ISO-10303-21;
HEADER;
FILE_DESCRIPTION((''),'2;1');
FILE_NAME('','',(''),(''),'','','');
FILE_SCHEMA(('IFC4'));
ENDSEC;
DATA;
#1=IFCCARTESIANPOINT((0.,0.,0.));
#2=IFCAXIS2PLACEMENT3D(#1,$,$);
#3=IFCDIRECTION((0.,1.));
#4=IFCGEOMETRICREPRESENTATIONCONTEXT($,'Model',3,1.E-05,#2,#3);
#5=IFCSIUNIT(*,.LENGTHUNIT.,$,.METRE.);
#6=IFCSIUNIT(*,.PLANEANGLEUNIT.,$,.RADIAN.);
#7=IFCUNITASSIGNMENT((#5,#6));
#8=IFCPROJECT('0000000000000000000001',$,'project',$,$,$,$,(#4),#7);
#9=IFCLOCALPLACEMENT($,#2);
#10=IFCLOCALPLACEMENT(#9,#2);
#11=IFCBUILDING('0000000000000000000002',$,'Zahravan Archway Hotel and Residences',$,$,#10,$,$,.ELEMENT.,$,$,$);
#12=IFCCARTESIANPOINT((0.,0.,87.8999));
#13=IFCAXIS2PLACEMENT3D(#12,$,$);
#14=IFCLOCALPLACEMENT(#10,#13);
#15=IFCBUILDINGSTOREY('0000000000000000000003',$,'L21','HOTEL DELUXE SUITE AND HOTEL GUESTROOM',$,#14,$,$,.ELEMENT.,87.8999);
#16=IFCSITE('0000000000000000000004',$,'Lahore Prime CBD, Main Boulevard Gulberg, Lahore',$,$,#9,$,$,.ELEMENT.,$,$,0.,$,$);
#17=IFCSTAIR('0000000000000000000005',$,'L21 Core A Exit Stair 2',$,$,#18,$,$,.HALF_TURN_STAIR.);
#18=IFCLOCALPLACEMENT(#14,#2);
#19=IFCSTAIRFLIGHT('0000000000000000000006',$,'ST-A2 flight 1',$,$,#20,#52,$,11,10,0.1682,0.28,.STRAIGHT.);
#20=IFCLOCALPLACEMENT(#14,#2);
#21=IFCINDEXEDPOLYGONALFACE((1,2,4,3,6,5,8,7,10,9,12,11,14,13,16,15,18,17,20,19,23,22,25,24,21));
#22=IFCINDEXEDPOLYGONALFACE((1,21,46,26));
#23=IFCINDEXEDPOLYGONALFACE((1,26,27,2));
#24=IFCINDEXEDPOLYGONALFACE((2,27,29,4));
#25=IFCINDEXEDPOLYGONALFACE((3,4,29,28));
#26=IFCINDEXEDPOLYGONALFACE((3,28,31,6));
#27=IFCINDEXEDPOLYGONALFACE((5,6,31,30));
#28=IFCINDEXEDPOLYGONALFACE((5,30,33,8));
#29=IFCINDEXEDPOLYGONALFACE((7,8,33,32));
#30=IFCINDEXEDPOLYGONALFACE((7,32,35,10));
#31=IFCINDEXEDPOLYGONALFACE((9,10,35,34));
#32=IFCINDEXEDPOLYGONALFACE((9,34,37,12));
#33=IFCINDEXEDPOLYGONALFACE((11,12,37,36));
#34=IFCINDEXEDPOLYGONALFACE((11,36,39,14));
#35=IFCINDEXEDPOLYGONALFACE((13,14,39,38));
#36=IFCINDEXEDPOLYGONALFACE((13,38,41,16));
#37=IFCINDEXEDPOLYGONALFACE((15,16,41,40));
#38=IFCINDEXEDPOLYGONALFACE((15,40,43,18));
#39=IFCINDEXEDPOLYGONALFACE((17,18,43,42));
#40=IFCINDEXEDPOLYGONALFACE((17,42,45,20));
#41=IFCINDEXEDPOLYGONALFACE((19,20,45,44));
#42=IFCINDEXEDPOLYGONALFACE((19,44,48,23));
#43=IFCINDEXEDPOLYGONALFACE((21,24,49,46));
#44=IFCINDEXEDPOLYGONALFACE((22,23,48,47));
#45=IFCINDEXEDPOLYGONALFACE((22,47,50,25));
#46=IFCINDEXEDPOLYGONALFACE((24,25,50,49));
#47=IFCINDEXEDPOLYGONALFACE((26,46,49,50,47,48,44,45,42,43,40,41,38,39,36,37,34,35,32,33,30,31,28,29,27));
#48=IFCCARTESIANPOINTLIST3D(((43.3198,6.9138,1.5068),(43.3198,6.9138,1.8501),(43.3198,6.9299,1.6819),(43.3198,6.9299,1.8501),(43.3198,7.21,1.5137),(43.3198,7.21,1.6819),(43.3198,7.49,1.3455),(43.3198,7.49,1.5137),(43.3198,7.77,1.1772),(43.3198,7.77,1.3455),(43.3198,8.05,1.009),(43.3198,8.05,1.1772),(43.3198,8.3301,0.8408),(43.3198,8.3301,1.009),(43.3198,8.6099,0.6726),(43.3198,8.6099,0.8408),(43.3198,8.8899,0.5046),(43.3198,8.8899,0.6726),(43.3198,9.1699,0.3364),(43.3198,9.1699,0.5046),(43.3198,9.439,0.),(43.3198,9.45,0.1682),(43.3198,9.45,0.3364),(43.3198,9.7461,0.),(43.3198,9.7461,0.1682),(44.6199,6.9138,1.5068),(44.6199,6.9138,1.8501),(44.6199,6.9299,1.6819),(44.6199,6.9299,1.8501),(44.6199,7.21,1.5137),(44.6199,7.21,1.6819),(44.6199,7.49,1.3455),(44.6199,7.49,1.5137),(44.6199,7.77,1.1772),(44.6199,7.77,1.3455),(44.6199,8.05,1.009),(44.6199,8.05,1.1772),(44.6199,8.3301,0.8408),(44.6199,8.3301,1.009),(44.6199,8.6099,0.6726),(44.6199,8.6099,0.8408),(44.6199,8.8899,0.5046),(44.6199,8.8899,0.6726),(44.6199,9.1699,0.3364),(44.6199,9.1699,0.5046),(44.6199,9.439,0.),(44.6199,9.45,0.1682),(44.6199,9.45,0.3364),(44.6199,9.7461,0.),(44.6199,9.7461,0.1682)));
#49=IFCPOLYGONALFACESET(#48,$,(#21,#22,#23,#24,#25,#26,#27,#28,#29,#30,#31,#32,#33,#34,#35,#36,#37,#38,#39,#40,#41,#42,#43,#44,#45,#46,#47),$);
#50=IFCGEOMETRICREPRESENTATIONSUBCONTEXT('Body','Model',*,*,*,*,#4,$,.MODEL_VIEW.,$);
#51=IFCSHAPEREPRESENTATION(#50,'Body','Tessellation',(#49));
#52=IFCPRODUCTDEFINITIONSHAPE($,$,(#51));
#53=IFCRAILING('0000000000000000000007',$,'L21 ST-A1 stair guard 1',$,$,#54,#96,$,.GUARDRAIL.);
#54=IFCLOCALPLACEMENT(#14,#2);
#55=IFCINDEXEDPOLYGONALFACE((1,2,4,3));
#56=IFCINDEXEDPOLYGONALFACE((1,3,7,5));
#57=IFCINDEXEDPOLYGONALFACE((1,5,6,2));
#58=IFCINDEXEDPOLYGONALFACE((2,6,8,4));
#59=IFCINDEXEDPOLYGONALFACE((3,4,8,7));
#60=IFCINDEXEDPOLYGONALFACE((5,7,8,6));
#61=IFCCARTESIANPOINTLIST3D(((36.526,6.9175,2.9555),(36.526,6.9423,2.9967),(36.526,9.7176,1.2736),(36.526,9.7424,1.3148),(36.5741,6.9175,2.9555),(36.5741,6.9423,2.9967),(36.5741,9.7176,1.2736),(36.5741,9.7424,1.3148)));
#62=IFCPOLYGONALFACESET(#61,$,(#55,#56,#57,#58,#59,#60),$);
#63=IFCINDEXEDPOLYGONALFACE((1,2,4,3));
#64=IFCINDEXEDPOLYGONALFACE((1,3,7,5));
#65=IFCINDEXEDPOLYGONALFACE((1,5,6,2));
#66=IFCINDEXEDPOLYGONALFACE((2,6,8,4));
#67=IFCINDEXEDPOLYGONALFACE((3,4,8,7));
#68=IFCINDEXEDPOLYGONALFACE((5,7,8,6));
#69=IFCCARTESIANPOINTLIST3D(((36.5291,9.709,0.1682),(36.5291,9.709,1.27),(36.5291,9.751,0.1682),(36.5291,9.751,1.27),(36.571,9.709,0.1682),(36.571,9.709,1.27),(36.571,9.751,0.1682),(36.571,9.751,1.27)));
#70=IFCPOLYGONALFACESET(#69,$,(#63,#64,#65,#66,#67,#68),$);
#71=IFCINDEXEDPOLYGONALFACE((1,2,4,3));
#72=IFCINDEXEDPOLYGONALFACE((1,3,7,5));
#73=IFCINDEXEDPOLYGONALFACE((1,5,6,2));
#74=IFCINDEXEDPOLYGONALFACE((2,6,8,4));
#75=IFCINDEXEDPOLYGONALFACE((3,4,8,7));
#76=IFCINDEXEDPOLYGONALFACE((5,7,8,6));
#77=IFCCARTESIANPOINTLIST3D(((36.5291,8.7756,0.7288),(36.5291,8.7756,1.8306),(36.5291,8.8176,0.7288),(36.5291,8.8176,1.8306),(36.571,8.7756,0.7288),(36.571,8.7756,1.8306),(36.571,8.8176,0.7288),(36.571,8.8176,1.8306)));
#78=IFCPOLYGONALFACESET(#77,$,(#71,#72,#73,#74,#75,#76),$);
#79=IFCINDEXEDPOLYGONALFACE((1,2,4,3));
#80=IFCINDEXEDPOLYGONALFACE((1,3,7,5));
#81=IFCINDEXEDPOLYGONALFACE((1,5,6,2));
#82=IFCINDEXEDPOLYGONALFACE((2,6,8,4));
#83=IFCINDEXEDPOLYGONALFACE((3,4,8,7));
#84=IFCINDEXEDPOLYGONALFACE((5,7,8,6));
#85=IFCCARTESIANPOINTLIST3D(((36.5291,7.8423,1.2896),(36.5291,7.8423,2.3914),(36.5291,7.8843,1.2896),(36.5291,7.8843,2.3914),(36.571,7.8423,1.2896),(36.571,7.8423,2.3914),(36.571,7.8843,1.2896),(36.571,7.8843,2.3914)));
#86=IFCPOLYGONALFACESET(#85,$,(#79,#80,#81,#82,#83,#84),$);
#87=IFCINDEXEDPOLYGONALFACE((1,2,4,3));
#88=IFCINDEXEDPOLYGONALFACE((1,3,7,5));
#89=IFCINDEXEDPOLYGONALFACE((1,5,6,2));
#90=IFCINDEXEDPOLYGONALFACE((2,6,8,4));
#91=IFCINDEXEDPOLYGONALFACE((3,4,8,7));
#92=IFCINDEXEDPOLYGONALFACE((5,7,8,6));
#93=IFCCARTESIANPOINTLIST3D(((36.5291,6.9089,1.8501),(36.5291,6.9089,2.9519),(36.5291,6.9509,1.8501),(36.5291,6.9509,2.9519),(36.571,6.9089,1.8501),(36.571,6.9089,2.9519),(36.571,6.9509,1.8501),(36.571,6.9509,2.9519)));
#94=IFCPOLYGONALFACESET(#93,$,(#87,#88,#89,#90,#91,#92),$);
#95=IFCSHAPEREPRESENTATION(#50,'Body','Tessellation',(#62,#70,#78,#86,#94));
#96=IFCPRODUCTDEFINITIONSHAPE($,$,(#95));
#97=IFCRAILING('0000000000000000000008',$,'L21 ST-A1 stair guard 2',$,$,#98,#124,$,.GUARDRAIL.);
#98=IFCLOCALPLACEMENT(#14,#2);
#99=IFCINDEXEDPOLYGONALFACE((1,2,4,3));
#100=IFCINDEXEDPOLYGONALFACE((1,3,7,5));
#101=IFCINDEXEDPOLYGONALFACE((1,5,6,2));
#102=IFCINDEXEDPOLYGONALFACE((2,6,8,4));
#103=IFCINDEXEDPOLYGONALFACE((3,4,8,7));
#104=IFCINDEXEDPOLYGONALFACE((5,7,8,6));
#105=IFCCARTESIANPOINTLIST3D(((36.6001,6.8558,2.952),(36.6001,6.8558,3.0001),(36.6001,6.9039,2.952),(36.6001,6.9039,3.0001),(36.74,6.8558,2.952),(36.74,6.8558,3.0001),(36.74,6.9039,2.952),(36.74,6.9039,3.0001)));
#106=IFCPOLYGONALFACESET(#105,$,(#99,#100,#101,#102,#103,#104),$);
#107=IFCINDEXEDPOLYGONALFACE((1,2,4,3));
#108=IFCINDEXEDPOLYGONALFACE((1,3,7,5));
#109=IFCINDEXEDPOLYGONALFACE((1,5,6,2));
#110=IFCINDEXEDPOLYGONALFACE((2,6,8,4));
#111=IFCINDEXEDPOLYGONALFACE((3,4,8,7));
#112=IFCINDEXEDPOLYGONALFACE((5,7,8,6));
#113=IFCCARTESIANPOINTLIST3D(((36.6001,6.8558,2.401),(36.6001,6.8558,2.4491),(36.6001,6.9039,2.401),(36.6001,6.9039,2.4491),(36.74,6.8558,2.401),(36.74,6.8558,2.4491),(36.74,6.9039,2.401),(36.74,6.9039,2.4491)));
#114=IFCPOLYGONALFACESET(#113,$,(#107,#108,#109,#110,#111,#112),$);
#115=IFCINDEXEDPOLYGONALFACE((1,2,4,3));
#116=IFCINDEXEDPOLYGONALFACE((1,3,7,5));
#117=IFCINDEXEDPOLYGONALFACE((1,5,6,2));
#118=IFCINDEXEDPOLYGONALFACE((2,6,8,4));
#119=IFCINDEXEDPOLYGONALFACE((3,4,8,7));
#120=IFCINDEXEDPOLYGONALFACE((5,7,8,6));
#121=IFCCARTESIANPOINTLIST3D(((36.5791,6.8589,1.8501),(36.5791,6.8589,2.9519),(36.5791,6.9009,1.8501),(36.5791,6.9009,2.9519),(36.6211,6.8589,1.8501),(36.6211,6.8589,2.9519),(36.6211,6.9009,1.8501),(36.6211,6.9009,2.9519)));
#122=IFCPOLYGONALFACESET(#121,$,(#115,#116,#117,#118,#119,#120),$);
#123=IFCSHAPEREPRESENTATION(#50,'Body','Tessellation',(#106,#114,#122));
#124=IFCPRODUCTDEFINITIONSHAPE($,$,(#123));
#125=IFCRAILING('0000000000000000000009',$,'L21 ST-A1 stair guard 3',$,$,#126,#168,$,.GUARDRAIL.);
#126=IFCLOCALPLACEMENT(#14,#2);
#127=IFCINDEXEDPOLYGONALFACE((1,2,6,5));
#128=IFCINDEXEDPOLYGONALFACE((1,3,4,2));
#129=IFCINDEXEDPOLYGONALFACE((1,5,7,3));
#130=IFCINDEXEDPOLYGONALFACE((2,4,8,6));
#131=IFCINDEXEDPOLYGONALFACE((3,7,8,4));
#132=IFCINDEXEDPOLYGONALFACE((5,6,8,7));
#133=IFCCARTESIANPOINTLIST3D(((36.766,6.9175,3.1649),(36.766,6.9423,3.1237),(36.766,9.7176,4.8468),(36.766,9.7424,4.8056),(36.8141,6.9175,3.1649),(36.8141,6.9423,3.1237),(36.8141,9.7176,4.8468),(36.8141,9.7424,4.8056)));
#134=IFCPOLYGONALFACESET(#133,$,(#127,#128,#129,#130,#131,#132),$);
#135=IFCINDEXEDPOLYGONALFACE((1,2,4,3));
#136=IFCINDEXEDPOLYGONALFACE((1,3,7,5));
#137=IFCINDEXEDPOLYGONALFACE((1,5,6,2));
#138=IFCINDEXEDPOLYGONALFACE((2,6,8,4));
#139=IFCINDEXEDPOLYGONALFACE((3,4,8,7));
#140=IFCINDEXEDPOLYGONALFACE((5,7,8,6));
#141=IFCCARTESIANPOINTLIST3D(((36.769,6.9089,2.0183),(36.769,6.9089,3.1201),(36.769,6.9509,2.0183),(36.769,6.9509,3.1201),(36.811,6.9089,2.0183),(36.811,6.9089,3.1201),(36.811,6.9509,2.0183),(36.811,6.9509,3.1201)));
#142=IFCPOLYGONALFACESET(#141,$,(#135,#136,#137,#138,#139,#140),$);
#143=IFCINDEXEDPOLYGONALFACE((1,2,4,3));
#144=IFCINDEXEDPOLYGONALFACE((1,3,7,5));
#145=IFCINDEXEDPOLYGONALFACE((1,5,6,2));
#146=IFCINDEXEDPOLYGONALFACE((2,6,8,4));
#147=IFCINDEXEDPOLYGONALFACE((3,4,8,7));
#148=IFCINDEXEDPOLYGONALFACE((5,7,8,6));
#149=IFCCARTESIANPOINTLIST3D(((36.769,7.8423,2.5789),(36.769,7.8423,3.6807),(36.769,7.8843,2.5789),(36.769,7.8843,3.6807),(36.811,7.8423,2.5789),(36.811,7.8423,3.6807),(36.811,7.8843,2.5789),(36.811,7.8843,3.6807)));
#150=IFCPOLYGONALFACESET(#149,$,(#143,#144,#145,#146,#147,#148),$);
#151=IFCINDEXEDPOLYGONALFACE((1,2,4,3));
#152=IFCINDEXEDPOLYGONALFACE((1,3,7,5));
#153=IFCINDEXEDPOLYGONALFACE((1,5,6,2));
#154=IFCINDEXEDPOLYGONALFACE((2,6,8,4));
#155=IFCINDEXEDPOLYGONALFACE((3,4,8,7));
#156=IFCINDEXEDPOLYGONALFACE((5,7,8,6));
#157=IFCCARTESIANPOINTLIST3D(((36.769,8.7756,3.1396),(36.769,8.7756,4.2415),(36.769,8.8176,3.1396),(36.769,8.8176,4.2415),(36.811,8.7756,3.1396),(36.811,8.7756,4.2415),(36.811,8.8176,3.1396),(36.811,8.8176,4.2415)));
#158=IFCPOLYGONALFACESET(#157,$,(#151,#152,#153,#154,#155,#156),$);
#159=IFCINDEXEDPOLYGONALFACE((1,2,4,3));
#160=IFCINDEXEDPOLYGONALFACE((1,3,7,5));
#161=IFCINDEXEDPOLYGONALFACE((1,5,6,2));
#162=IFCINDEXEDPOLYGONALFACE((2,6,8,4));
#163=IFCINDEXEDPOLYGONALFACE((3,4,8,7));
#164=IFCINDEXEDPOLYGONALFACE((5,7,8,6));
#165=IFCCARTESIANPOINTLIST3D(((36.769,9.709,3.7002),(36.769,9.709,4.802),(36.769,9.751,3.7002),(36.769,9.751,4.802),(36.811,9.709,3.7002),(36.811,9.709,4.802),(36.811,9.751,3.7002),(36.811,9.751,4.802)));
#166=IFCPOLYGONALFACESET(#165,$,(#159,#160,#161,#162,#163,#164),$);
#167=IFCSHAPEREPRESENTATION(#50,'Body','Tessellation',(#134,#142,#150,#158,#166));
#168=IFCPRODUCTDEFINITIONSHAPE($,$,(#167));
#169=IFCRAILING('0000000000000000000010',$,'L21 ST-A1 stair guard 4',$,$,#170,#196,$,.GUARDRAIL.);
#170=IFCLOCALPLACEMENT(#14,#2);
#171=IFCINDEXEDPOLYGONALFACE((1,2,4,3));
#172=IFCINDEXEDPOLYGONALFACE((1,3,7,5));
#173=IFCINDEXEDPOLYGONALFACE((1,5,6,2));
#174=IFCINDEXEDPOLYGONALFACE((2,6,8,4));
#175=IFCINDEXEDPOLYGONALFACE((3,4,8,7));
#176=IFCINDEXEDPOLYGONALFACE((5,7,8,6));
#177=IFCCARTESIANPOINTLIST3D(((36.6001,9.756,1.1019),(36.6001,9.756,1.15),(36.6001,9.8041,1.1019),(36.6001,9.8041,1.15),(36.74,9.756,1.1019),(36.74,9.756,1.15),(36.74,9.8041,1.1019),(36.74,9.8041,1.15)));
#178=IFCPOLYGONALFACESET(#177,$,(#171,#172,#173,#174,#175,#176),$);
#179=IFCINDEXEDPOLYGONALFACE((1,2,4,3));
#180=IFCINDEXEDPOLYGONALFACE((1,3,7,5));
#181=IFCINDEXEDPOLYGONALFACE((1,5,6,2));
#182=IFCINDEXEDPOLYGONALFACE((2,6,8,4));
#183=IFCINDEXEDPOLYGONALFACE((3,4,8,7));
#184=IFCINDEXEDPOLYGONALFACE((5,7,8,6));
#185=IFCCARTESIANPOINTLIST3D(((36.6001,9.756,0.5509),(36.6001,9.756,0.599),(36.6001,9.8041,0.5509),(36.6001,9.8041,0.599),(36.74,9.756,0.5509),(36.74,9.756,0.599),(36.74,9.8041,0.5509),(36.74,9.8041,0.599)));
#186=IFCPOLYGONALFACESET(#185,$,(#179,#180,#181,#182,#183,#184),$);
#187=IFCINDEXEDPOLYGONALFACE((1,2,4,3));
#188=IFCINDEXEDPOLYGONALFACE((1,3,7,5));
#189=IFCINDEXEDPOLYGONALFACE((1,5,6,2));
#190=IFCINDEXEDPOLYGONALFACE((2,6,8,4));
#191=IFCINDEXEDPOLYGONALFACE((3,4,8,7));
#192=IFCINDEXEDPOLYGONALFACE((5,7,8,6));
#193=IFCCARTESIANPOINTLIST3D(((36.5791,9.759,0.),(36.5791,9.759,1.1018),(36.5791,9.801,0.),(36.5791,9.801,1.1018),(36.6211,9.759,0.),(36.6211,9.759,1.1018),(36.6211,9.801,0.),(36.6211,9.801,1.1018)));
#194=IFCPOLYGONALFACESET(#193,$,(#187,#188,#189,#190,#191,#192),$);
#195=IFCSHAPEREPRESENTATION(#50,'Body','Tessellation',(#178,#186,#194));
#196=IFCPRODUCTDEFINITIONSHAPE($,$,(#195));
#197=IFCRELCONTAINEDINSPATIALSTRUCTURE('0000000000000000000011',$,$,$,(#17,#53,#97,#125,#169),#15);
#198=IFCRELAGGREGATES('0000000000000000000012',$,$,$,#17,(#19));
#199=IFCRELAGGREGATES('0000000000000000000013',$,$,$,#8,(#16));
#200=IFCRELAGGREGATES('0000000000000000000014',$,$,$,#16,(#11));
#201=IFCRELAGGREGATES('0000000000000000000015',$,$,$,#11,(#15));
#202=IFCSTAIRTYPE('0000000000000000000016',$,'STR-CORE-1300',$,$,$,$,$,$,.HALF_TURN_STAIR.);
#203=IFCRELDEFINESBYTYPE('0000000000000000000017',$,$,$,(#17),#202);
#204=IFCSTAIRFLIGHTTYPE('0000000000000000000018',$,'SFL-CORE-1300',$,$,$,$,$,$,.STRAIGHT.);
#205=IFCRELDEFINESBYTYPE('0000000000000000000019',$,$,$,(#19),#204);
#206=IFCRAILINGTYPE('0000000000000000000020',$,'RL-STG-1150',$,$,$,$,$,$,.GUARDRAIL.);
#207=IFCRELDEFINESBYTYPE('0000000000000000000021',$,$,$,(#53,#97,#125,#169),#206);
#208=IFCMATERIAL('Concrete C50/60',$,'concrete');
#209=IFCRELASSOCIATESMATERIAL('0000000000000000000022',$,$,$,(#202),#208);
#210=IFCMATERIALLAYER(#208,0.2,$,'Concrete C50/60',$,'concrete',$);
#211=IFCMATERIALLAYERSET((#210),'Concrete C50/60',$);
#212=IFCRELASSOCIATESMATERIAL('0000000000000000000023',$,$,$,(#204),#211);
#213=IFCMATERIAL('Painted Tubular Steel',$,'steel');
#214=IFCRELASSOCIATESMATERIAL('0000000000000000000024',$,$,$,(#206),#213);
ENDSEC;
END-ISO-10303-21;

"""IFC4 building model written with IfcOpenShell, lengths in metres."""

from ifc_helpers import new_model, si_unit, direction, frame, origin, origin_2d, place, context, subcontext, project, spatial, polyline, rectangle, outline, extrude, source, transform, mapped, material, layer, layer_set, type_object, element, aggregate, save


model = new_model("IFC4")

# Units and contexts
model_context = context("Model", 3, precision=1e-05, world=origin(), true_north=direction((0.0, 1.0)))
body_context = subcontext(model_context, "Body", "Model", "MODEL_VIEW")
ifc_project = project(units=[si_unit("LENGTHUNIT", "METRE"), si_unit("PLANEANGLEUNIT", "RADIAN")], contexts=[model_context])

# Site, building, storey
site_placement = place(None, origin())
site = spatial("IfcSite", under=ifc_project, at=site_placement, Name="Lahore Prime CBD, Main Boulevard Gulberg, Lahore", CompositionType="ELEMENT", RefElevation=0.0)
building_placement = place(site_placement, origin())
building = spatial("IfcBuilding", under=site, at=building_placement, Name="Zahravan Archway Hotel and Residences", CompositionType="ELEMENT")
storey_placement = place(building_placement, frame((0.0, 0.0, 87.8999)))
storey = spatial("IfcBuildingStorey", under=building, at=storey_placement, Name="L21", Description="HOTEL DELUXE SUITE AND HOTEL GUESTROOM", CompositionType="ELEMENT", Elevation=87.8999)

# Shared definitions
ifc_material_1 = material(Name="Concrete C50/60", Category="concrete")

# Shared definitions
stair_type = type_object("IfcStairType", Name="STR-CORE-1300", PredefinedType="HALF_TURN_STAIR", material=ifc_material_1)
ifc_layer_1 = layer(ifc_material_1, 0.2, Name="Concrete C50/60", Category="concrete")
ifc_layer_set_1 = layer_set([ifc_layer_1], Name="Concrete C50/60")
stair_flight_type = type_object("IfcStairFlightType", Name="SFL-CORE-1300", PredefinedType="STRAIGHT", material=ifc_layer_set_1)
shared_shape_1 = source(origin(), body_context, "Body", "SweptSolid", [
    extrude(outline(polyline([(-0.0161, 0.0), (-0.0161, 0.1682), (0.28, 0.1682), (0.28, 0.3364), (0.5601, 0.3364), (0.5601, 0.5046), (0.8401, 0.5046), (0.8401, 0.6726), (1.1201, 0.6726), (1.1201, 0.8408), (1.3999, 0.8408), (1.3999, 1.009), (1.6799, 1.009), (1.6799, 1.1772), (1.96, 1.1772), (1.96, 1.3455), (2.24, 1.3455), (2.24, 1.5137), (2.52, 1.5137), (2.52, 1.6819), (2.8, 1.6819), (2.8, 1.8501), (2.8162, 1.8501), (2.8162, 1.5068), (0.291, 0.0), (-0.0161, 0.0)])), frame((0.0, 0.6499, 0.0), z_axis=(0.0, -1.0, 0.0), x_axis=(1.0, 0.0, 0.0)), (0.0, 0.0, 1.0), 1.3),
])

# Stair, stair flight
stair_1_placement = place(storey_placement, origin())
stair_1 = element("IfcStair", 1, at=stair_1_placement, inside=storey, type_object=stair_type, Name="L21 Core A Exit Stair 2", PredefinedType="HALF_TURN_STAIR")
stair_flight_1_placement = place(storey_placement, frame((43.97, 9.73, 0.0), z_axis=(0.0, 0.0, 1.0), x_axis=(0.0, -1.0, 0.0)))
stair_flight_1 = element("IfcStairFlight", 2, at=stair_flight_1_placement, type_object=stair_flight_type, Name="ST-A2 flight 1", NumberOfRisers=11, NumberOfTreads=10, PredefinedType="STRAIGHT", RiserHeight=0.1682, TreadLength=0.28, context=body_context, shape_type="MappedRepresentation", body=[
    mapped(shared_shape_1, transform((0.0, 0.0, 0.0), scale=1.0)),
])
aggregate(stair_1, [stair_flight_1])

# Railings
ifc_material_2 = material(Name="Painted Tubular Steel", Category="steel")
railing_type_1 = type_object("IfcRailingType", Name="RL-STG-1150", PredefinedType="GUARDRAIL", material=ifc_material_2)
railing_1_placement = place(storey_placement, frame((36.55, 9.73, 0.1682)))
element("IfcRailing", 3, at=railing_1_placement, inside=storey, type_object=railing_type_1, Name="L21 ST-A1 stair guard 1", PredefinedType="GUARDRAIL", context=body_context, shape_type="SweptSolid", body=[
    extrude(rectangle(XDim=0.0481, YDim=0.0481, at=origin_2d()), frame((0.0, 0.0, 1.126), z_axis=(0.0, -0.857242, 0.514913), x_axis=(1.0, 0.0, 0.0)), (0.0, 0.0, 1.0), 3.2664),
    extrude(rectangle(XDim=0.042, YDim=0.042, at=origin_2d()), origin(), (0.0, 0.0, 1.0), 1.1018),
    extrude(rectangle(XDim=0.042, YDim=0.042, at=origin_2d()), frame((0.0, -0.9333, 0.5605)), (0.0, 0.0, 1.0), 1.1018),
    extrude(rectangle(XDim=0.042, YDim=0.042, at=origin_2d()), frame((0.0, -1.8667, 1.1213)), (0.0, 0.0, 1.0), 1.1018),
    extrude(rectangle(XDim=0.042, YDim=0.042, at=origin_2d()), frame((0.0, -2.8, 1.6819)), (0.0, 0.0, 1.0), 1.1018),
])
railing_2_placement = place(storey_placement, frame((36.6001, 6.8799, 1.8501)))
element("IfcRailing", 4, at=railing_2_placement, inside=storey, type_object=railing_type_1, Name="L21 ST-A1 stair guard 2", PredefinedType="GUARDRAIL", context=body_context, shape_type="SweptSolid", body=[
    extrude(rectangle(XDim=0.0481, YDim=0.0481, at=origin_2d()), frame((0.0, 0.0, 1.126), z_axis=(1.0, 0.0, 0.0), x_axis=(0.0, 1.0, 0.0)), (0.0, 0.0, 1.0), 0.1399),
    extrude(rectangle(XDim=0.0481, YDim=0.0481, at=origin_2d()), frame((0.0, 0.0, 0.575), z_axis=(1.0, 0.0, 0.0), x_axis=(0.0, 1.0, 0.0)), (0.0, 0.0, 1.0), 0.1399),
    extrude(rectangle(XDim=0.042, YDim=0.042, at=origin_2d()), origin(), (0.0, 0.0, 1.0), 1.1018),
])
railing_3_placement = place(storey_placement, frame((36.79, 6.9299, 2.0183)))
element("IfcRailing", 5, at=railing_3_placement, inside=storey, type_object=railing_type_1, Name="L21 ST-A1 stair guard 3", PredefinedType="GUARDRAIL", context=body_context, shape_type="SweptSolid", body=[
    extrude(rectangle(XDim=0.0481, YDim=0.0481, at=origin_2d()), frame((0.0, 0.0, 1.126), z_axis=(0.0, 0.857242, 0.514913), x_axis=(-1.0, 0.0, 0.0)), (0.0, 0.0, 1.0), 3.2664),
    extrude(rectangle(XDim=0.042, YDim=0.042, at=origin_2d()), origin(), (0.0, 0.0, 1.0), 1.1018),
    extrude(rectangle(XDim=0.042, YDim=0.042, at=origin_2d()), frame((0.0, 0.9333, 0.5605)), (0.0, 0.0, 1.0), 1.1018),
    extrude(rectangle(XDim=0.042, YDim=0.042, at=origin_2d()), frame((0.0, 1.8667, 1.1213)), (0.0, 0.0, 1.0), 1.1018),
    extrude(rectangle(XDim=0.042, YDim=0.042, at=origin_2d()), frame((0.0, 2.8, 1.6819)), (0.0, 0.0, 1.0), 1.1018),
])
railing_4_placement = place(storey_placement, frame((36.6001, 9.78, 0.0)))
element("IfcRailing", 6, at=railing_4_placement, inside=storey, type_object=railing_type_1, Name="L21 ST-A1 stair guard 4", PredefinedType="GUARDRAIL", context=body_context, shape_type="SweptSolid", body=[
    extrude(rectangle(XDim=0.0481, YDim=0.0481, at=origin_2d()), frame((0.0, 0.0, 1.126), z_axis=(1.0, 0.0, 0.0), x_axis=(0.0, 1.0, 0.0)), (0.0, 0.0, 1.0), 0.1399),
    extrude(rectangle(XDim=0.0481, YDim=0.0481, at=origin_2d()), frame((0.0, 0.0, 0.575), z_axis=(1.0, 0.0, 0.0), x_axis=(0.0, 1.0, 0.0)), (0.0, 0.0, 1.0), 0.1399),
    extrude(rectangle(XDim=0.042, YDim=0.042, at=origin_2d()), origin(), (0.0, 0.0, 1.0), 1.1018),
])

save(model, "model.ifc")
